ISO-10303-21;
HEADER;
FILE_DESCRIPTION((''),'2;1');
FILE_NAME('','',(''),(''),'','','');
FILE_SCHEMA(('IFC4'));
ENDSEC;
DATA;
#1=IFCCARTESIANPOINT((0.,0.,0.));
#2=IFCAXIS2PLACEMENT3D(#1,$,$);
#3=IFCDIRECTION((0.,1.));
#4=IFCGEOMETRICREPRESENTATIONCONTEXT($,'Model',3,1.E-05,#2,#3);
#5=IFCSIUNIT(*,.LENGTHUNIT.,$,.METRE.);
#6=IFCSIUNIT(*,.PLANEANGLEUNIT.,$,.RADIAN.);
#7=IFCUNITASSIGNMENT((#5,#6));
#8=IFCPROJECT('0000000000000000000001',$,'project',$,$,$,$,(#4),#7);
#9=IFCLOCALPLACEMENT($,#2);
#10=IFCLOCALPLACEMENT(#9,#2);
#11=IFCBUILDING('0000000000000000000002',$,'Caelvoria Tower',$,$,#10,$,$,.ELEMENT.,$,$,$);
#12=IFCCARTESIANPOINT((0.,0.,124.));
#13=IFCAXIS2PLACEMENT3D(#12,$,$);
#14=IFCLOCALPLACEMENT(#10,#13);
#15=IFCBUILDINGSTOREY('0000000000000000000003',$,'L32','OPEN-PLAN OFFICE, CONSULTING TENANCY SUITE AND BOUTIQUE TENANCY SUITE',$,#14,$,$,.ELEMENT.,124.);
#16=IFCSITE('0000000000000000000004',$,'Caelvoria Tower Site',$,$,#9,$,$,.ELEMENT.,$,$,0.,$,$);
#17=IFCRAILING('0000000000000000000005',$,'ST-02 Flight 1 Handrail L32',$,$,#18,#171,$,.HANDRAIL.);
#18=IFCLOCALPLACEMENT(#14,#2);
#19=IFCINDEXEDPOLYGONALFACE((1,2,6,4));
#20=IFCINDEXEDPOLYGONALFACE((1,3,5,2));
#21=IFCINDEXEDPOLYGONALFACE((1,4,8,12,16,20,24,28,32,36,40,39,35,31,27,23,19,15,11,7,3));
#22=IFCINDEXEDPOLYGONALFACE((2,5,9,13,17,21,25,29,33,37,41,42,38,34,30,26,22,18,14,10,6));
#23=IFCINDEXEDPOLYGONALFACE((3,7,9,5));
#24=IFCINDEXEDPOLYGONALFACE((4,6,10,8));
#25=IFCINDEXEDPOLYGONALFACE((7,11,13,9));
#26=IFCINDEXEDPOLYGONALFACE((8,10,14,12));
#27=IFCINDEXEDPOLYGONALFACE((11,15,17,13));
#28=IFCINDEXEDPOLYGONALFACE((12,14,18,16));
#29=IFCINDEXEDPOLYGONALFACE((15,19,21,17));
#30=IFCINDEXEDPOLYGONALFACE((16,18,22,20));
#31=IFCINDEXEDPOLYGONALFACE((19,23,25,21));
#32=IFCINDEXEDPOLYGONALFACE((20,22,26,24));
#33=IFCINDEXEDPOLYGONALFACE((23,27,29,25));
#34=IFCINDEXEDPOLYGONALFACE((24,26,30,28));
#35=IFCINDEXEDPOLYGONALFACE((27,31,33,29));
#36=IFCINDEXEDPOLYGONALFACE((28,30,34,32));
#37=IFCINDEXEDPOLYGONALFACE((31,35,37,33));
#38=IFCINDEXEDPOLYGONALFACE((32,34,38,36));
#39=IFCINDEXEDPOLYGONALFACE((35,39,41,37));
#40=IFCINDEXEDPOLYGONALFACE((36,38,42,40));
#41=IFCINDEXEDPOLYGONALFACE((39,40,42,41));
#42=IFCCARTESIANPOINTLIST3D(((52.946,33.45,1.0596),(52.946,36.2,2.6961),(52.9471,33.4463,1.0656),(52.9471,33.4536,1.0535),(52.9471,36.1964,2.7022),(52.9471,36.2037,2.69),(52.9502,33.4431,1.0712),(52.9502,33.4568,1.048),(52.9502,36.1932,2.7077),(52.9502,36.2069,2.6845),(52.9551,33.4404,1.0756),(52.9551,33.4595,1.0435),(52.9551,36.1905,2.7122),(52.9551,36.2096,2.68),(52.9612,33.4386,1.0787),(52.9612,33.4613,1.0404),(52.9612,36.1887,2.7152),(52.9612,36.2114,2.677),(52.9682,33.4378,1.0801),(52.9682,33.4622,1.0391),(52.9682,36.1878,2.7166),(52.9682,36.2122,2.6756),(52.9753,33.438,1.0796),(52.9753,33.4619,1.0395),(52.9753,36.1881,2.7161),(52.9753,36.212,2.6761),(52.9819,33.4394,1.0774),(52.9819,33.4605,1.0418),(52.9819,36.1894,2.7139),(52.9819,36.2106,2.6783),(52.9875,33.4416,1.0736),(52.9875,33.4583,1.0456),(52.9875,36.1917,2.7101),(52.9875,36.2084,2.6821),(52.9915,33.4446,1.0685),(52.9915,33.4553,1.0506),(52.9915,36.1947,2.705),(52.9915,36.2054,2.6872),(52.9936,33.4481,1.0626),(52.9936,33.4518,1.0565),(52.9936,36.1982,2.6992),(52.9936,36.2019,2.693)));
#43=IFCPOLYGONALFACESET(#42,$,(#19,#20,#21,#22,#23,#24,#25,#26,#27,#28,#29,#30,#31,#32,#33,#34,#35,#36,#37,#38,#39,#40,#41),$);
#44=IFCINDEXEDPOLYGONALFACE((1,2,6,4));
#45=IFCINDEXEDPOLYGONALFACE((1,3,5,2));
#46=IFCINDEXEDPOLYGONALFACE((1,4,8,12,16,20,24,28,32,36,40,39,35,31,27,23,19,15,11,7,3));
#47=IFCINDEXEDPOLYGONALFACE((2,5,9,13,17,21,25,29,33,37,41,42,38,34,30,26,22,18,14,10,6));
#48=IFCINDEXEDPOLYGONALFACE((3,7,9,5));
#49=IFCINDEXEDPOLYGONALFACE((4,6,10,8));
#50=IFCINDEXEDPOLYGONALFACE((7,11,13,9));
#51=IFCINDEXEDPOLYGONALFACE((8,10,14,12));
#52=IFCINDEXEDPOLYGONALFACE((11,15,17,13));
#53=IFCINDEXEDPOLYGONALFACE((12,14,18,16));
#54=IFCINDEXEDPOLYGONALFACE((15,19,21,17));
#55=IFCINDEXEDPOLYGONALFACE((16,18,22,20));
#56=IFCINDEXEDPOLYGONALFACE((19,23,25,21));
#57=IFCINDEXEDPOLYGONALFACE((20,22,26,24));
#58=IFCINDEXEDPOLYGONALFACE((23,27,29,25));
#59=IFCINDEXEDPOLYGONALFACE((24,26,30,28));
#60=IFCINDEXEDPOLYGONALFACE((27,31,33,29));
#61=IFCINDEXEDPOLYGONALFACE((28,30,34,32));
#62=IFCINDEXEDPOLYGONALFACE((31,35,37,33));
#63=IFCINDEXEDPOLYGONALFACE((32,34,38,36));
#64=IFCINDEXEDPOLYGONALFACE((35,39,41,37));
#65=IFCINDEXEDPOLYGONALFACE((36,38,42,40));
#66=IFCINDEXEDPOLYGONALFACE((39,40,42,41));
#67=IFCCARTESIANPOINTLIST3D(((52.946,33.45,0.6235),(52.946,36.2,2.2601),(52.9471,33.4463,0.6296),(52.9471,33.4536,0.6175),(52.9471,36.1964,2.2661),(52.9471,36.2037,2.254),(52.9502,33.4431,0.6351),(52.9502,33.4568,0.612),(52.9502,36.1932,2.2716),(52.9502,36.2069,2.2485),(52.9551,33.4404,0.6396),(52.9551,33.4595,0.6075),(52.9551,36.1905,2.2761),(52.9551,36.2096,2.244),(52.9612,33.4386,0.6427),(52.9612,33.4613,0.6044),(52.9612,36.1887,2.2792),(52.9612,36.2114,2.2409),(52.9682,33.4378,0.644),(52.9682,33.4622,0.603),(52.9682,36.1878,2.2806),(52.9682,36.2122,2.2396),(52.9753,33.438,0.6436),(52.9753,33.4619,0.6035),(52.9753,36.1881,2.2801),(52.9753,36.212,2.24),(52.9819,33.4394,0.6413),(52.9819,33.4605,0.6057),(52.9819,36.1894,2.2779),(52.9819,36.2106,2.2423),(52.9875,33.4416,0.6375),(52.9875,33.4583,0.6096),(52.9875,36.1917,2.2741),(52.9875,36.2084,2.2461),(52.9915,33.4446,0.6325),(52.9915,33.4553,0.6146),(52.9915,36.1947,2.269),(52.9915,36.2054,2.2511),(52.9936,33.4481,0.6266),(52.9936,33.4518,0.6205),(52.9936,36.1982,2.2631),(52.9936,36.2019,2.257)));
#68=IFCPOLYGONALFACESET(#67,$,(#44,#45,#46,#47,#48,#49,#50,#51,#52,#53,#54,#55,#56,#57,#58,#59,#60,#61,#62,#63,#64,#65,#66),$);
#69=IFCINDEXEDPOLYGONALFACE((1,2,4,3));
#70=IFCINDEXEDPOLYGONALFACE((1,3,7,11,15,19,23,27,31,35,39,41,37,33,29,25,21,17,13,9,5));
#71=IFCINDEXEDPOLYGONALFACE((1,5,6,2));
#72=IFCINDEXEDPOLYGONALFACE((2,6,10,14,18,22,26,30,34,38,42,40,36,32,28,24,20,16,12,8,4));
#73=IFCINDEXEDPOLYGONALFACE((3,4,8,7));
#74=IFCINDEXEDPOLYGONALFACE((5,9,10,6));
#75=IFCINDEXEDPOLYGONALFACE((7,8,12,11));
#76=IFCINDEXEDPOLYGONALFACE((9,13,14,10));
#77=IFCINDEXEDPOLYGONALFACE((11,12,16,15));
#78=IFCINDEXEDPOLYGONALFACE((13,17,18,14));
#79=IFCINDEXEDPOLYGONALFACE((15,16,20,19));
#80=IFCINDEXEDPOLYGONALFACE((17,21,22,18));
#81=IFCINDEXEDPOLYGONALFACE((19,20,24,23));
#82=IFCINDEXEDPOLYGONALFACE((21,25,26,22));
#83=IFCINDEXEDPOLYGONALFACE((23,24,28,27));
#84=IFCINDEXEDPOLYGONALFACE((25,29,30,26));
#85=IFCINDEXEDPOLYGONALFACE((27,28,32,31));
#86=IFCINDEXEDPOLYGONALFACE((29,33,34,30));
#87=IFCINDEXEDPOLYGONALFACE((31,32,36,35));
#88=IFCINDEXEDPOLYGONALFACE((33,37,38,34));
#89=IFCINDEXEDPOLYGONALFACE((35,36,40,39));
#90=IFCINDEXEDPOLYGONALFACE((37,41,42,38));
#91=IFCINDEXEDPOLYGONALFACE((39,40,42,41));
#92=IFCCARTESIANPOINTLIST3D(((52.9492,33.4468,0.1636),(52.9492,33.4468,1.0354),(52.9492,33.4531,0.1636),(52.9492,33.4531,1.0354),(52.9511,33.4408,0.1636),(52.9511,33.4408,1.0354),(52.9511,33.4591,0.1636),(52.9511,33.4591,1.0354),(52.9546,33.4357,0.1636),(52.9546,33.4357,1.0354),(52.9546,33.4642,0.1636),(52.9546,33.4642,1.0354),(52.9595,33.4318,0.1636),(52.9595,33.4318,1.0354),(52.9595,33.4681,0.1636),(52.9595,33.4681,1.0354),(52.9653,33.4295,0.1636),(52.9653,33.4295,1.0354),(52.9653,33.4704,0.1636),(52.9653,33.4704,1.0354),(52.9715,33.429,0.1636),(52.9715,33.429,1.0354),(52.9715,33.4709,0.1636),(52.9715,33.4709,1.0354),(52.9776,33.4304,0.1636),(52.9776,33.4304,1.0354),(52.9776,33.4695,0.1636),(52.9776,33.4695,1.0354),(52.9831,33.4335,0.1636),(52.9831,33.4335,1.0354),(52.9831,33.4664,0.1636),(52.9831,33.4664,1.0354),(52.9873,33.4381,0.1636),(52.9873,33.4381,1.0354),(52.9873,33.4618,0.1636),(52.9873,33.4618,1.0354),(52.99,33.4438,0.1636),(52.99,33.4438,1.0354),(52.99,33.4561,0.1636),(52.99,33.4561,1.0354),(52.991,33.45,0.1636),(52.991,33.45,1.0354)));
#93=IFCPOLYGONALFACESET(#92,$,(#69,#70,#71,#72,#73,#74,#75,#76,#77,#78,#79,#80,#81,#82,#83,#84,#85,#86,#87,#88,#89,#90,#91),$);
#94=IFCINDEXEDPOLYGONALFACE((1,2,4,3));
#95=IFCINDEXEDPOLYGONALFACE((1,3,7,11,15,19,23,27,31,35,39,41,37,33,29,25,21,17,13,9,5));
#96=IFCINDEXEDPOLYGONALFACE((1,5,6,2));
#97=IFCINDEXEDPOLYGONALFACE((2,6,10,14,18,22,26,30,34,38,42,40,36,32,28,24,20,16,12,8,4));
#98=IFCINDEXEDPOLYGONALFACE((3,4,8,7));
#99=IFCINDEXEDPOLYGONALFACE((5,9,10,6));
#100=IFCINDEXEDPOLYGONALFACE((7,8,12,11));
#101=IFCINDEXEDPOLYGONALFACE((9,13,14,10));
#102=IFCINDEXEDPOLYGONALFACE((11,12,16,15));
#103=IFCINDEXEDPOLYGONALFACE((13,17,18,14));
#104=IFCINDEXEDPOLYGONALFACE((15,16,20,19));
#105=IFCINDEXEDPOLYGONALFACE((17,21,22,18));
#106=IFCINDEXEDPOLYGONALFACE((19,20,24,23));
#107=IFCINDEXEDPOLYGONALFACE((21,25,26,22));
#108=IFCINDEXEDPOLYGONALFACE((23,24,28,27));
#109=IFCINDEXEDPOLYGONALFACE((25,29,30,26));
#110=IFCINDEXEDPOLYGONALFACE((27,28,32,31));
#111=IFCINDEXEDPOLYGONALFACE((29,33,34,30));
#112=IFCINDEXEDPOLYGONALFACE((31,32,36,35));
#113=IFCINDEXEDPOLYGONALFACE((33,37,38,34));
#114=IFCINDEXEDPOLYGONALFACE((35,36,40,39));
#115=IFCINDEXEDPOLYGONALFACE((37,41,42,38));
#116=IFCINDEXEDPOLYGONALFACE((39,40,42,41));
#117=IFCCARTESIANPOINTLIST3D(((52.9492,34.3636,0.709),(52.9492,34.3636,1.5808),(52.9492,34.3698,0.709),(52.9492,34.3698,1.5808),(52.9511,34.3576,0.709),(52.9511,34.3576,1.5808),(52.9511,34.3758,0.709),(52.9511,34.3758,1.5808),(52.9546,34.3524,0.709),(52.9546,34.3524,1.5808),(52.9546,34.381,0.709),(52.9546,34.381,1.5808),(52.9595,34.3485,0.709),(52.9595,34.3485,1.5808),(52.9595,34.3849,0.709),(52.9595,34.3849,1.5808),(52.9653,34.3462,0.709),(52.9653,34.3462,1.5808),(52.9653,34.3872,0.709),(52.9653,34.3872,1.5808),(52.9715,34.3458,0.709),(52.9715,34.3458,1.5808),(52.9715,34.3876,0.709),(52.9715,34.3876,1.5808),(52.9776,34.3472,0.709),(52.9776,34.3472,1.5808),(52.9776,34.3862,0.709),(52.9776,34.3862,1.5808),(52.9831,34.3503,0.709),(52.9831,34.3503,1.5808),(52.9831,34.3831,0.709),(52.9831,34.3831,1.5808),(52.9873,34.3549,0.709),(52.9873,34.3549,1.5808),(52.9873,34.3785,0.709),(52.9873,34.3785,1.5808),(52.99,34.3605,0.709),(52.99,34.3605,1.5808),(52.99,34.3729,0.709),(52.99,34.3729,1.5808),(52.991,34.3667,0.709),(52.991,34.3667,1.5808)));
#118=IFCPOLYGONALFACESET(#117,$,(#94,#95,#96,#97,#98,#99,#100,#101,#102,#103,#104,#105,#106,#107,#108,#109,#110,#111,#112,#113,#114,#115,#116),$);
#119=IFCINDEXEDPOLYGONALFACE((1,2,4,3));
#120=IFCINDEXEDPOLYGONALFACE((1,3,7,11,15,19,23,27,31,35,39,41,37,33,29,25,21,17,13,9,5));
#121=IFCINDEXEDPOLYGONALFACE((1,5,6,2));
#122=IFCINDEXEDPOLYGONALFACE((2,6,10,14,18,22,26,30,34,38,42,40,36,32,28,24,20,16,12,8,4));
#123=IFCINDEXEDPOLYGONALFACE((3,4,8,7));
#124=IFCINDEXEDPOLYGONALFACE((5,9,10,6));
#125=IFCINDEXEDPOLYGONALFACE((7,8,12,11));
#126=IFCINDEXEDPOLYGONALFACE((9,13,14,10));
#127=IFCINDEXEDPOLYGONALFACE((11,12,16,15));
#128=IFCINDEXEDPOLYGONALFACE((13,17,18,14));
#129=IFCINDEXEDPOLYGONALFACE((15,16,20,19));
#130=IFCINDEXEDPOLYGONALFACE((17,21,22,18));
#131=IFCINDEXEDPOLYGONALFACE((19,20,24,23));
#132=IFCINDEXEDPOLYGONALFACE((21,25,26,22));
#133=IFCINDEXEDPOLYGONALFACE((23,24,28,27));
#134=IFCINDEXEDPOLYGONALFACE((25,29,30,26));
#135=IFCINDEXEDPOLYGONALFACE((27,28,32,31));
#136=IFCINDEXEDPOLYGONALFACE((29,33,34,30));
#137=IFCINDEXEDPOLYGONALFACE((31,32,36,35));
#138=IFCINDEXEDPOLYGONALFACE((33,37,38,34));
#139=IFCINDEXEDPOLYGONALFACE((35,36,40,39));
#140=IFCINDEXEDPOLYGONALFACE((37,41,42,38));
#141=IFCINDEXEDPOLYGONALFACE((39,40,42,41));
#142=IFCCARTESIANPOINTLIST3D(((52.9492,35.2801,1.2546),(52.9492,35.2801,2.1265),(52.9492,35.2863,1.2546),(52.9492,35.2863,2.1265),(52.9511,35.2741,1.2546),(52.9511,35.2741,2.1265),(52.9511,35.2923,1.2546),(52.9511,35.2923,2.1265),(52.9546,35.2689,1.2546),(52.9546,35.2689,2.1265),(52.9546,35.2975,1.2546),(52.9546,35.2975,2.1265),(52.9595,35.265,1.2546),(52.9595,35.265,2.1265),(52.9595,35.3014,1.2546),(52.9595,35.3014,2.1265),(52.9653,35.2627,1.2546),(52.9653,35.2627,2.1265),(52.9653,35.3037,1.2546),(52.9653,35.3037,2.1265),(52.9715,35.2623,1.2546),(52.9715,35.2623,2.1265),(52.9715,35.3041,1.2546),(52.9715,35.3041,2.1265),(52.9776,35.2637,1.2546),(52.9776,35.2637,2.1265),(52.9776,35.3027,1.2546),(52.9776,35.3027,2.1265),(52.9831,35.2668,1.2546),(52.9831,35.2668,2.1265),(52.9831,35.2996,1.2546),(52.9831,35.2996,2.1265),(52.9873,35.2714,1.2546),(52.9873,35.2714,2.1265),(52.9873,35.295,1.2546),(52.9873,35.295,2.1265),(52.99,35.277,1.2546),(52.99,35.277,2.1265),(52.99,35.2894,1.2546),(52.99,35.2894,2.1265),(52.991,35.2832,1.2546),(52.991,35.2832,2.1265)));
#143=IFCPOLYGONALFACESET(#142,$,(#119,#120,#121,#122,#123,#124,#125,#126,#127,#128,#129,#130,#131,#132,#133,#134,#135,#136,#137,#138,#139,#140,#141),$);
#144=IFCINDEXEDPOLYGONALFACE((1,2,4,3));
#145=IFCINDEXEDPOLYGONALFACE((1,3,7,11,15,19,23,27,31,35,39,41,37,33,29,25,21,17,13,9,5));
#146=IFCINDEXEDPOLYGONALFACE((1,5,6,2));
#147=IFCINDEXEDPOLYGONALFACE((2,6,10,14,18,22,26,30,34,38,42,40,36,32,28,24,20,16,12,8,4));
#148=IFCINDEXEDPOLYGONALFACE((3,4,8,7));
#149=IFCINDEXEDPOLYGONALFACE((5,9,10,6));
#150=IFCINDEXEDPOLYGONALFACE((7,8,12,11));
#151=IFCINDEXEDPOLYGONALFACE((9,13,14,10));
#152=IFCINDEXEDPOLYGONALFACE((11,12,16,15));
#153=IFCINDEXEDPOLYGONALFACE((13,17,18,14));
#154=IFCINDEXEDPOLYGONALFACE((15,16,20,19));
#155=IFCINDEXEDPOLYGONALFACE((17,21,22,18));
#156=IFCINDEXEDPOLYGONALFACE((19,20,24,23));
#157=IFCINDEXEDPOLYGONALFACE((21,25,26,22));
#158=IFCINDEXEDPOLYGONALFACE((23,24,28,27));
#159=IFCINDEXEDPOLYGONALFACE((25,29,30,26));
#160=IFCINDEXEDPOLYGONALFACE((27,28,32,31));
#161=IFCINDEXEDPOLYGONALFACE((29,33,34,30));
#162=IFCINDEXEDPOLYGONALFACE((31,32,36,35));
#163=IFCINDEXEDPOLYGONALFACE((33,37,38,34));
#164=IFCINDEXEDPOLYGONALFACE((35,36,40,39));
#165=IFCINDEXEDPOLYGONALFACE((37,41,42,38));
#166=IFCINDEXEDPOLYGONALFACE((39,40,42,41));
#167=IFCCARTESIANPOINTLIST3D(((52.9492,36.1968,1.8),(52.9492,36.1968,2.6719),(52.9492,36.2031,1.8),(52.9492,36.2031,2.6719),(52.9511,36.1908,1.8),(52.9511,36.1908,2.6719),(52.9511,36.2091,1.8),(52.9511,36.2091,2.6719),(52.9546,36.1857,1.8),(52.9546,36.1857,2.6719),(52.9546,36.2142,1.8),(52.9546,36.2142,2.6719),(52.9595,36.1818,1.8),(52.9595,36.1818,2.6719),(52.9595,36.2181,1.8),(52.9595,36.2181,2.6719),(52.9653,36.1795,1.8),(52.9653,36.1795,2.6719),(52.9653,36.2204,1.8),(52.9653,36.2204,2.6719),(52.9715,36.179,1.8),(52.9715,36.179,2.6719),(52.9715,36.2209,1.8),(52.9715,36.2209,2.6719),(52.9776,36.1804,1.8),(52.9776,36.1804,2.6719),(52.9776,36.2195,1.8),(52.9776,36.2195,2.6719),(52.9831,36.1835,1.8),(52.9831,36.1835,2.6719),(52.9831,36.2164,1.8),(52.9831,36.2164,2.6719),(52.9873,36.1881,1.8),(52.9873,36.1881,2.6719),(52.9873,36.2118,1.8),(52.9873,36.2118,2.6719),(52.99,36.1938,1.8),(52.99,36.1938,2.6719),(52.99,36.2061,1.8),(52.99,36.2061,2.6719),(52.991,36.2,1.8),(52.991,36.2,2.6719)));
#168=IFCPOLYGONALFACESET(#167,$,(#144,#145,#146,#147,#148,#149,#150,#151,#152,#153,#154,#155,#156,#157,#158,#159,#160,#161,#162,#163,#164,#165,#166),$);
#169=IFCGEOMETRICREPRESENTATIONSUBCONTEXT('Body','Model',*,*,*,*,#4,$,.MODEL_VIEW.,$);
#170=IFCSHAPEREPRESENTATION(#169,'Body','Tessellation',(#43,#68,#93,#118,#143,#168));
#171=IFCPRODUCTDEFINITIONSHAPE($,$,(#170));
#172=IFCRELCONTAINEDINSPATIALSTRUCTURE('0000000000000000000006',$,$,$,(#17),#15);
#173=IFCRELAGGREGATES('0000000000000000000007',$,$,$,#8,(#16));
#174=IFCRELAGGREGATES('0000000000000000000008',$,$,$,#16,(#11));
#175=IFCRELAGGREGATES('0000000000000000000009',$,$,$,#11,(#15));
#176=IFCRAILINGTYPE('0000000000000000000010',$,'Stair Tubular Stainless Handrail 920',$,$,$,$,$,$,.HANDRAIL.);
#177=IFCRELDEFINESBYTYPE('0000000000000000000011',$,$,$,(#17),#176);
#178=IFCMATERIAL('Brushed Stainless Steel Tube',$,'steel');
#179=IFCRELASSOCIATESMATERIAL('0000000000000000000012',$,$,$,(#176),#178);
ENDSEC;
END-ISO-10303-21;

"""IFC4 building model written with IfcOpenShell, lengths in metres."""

from ifc_helpers import new_model, si_unit, direction, frame, origin, origin_2d, place, context, subcontext, project, spatial, circle, extrude, material, type_object, element, save


model = new_model("IFC4")

# Units and contexts
model_context = context("Model", 3, precision=1e-05, world=origin(), true_north=direction((0.0, 1.0)))
body_context = subcontext(model_context, "Body", "Model", "MODEL_VIEW")
ifc_project = project(units=[si_unit("LENGTHUNIT", "METRE"), si_unit("PLANEANGLEUNIT", "RADIAN")], contexts=[model_context])

# Site, building, storey
site_placement = place(None, origin())
site = spatial("IfcSite", under=ifc_project, at=site_placement, Name="Caelvoria Tower Site", CompositionType="ELEMENT", RefElevation=0.0)
building_placement = place(site_placement, origin())
building = spatial("IfcBuilding", under=site, at=building_placement, Name="Caelvoria Tower", CompositionType="ELEMENT")
storey_placement = place(building_placement, frame((0.0, 0.0, 124.0)))
storey = spatial("IfcBuildingStorey", under=building, at=storey_placement, Name="L32", Description="OPEN-PLAN OFFICE, CONSULTING TENANCY SUITE AND BOUTIQUE TENANCY SUITE", CompositionType="ELEMENT", Elevation=124.0)

# Railing
ifc_material_1 = material(Name="Brushed Stainless Steel Tube", Category="steel")
railing_type_1 = type_object("IfcRailingType", Name="Stair Tubular Stainless Handrail 920", PredefinedType="HANDRAIL", material=ifc_material_1)
railing_1_placement = place(storey_placement, frame((52.97, 33.45, 0.1636)))
element("IfcRailing", 1, at=railing_1_placement, inside=storey, type_object=railing_type_1, Name="ST-02 Flight 1 Handrail L32", PredefinedType="HANDRAIL", context=body_context, shape_type="SweptSolid", body=[
    extrude(circle(Radius=0.0239, at=origin_2d()), frame((0.0, 0.0, 0.896), z_axis=(0.0, 0.859352, 0.511385), x_axis=(-1.0, 0.0, 0.0)), (0.0, 0.0, 1.0), 3.2002),
    extrude(circle(Radius=0.0239, at=origin_2d()), frame((0.0, 0.0, 0.46), z_axis=(0.0, 0.859352, 0.511385), x_axis=(-1.0, 0.0, 0.0)), (0.0, 0.0, 1.0), 3.2002),
    extrude(circle(Radius=0.021, at=origin_2d()), origin(), (0.0, 0.0, 1.0), 0.8718),
    extrude(circle(Radius=0.021, at=origin_2d()), frame((0.0, 0.9167, 0.5454)), (0.0, 0.0, 1.0), 0.8718),
    extrude(circle(Radius=0.021, at=origin_2d()), frame((0.0, 1.8333, 1.0911)), (0.0, 0.0, 1.0), 0.8718),
    extrude(circle(Radius=0.021, at=origin_2d()), frame((0.0, 2.75, 1.6365)), (0.0, 0.0, 1.0), 0.8718),
])

save(model, "model.ifc")
